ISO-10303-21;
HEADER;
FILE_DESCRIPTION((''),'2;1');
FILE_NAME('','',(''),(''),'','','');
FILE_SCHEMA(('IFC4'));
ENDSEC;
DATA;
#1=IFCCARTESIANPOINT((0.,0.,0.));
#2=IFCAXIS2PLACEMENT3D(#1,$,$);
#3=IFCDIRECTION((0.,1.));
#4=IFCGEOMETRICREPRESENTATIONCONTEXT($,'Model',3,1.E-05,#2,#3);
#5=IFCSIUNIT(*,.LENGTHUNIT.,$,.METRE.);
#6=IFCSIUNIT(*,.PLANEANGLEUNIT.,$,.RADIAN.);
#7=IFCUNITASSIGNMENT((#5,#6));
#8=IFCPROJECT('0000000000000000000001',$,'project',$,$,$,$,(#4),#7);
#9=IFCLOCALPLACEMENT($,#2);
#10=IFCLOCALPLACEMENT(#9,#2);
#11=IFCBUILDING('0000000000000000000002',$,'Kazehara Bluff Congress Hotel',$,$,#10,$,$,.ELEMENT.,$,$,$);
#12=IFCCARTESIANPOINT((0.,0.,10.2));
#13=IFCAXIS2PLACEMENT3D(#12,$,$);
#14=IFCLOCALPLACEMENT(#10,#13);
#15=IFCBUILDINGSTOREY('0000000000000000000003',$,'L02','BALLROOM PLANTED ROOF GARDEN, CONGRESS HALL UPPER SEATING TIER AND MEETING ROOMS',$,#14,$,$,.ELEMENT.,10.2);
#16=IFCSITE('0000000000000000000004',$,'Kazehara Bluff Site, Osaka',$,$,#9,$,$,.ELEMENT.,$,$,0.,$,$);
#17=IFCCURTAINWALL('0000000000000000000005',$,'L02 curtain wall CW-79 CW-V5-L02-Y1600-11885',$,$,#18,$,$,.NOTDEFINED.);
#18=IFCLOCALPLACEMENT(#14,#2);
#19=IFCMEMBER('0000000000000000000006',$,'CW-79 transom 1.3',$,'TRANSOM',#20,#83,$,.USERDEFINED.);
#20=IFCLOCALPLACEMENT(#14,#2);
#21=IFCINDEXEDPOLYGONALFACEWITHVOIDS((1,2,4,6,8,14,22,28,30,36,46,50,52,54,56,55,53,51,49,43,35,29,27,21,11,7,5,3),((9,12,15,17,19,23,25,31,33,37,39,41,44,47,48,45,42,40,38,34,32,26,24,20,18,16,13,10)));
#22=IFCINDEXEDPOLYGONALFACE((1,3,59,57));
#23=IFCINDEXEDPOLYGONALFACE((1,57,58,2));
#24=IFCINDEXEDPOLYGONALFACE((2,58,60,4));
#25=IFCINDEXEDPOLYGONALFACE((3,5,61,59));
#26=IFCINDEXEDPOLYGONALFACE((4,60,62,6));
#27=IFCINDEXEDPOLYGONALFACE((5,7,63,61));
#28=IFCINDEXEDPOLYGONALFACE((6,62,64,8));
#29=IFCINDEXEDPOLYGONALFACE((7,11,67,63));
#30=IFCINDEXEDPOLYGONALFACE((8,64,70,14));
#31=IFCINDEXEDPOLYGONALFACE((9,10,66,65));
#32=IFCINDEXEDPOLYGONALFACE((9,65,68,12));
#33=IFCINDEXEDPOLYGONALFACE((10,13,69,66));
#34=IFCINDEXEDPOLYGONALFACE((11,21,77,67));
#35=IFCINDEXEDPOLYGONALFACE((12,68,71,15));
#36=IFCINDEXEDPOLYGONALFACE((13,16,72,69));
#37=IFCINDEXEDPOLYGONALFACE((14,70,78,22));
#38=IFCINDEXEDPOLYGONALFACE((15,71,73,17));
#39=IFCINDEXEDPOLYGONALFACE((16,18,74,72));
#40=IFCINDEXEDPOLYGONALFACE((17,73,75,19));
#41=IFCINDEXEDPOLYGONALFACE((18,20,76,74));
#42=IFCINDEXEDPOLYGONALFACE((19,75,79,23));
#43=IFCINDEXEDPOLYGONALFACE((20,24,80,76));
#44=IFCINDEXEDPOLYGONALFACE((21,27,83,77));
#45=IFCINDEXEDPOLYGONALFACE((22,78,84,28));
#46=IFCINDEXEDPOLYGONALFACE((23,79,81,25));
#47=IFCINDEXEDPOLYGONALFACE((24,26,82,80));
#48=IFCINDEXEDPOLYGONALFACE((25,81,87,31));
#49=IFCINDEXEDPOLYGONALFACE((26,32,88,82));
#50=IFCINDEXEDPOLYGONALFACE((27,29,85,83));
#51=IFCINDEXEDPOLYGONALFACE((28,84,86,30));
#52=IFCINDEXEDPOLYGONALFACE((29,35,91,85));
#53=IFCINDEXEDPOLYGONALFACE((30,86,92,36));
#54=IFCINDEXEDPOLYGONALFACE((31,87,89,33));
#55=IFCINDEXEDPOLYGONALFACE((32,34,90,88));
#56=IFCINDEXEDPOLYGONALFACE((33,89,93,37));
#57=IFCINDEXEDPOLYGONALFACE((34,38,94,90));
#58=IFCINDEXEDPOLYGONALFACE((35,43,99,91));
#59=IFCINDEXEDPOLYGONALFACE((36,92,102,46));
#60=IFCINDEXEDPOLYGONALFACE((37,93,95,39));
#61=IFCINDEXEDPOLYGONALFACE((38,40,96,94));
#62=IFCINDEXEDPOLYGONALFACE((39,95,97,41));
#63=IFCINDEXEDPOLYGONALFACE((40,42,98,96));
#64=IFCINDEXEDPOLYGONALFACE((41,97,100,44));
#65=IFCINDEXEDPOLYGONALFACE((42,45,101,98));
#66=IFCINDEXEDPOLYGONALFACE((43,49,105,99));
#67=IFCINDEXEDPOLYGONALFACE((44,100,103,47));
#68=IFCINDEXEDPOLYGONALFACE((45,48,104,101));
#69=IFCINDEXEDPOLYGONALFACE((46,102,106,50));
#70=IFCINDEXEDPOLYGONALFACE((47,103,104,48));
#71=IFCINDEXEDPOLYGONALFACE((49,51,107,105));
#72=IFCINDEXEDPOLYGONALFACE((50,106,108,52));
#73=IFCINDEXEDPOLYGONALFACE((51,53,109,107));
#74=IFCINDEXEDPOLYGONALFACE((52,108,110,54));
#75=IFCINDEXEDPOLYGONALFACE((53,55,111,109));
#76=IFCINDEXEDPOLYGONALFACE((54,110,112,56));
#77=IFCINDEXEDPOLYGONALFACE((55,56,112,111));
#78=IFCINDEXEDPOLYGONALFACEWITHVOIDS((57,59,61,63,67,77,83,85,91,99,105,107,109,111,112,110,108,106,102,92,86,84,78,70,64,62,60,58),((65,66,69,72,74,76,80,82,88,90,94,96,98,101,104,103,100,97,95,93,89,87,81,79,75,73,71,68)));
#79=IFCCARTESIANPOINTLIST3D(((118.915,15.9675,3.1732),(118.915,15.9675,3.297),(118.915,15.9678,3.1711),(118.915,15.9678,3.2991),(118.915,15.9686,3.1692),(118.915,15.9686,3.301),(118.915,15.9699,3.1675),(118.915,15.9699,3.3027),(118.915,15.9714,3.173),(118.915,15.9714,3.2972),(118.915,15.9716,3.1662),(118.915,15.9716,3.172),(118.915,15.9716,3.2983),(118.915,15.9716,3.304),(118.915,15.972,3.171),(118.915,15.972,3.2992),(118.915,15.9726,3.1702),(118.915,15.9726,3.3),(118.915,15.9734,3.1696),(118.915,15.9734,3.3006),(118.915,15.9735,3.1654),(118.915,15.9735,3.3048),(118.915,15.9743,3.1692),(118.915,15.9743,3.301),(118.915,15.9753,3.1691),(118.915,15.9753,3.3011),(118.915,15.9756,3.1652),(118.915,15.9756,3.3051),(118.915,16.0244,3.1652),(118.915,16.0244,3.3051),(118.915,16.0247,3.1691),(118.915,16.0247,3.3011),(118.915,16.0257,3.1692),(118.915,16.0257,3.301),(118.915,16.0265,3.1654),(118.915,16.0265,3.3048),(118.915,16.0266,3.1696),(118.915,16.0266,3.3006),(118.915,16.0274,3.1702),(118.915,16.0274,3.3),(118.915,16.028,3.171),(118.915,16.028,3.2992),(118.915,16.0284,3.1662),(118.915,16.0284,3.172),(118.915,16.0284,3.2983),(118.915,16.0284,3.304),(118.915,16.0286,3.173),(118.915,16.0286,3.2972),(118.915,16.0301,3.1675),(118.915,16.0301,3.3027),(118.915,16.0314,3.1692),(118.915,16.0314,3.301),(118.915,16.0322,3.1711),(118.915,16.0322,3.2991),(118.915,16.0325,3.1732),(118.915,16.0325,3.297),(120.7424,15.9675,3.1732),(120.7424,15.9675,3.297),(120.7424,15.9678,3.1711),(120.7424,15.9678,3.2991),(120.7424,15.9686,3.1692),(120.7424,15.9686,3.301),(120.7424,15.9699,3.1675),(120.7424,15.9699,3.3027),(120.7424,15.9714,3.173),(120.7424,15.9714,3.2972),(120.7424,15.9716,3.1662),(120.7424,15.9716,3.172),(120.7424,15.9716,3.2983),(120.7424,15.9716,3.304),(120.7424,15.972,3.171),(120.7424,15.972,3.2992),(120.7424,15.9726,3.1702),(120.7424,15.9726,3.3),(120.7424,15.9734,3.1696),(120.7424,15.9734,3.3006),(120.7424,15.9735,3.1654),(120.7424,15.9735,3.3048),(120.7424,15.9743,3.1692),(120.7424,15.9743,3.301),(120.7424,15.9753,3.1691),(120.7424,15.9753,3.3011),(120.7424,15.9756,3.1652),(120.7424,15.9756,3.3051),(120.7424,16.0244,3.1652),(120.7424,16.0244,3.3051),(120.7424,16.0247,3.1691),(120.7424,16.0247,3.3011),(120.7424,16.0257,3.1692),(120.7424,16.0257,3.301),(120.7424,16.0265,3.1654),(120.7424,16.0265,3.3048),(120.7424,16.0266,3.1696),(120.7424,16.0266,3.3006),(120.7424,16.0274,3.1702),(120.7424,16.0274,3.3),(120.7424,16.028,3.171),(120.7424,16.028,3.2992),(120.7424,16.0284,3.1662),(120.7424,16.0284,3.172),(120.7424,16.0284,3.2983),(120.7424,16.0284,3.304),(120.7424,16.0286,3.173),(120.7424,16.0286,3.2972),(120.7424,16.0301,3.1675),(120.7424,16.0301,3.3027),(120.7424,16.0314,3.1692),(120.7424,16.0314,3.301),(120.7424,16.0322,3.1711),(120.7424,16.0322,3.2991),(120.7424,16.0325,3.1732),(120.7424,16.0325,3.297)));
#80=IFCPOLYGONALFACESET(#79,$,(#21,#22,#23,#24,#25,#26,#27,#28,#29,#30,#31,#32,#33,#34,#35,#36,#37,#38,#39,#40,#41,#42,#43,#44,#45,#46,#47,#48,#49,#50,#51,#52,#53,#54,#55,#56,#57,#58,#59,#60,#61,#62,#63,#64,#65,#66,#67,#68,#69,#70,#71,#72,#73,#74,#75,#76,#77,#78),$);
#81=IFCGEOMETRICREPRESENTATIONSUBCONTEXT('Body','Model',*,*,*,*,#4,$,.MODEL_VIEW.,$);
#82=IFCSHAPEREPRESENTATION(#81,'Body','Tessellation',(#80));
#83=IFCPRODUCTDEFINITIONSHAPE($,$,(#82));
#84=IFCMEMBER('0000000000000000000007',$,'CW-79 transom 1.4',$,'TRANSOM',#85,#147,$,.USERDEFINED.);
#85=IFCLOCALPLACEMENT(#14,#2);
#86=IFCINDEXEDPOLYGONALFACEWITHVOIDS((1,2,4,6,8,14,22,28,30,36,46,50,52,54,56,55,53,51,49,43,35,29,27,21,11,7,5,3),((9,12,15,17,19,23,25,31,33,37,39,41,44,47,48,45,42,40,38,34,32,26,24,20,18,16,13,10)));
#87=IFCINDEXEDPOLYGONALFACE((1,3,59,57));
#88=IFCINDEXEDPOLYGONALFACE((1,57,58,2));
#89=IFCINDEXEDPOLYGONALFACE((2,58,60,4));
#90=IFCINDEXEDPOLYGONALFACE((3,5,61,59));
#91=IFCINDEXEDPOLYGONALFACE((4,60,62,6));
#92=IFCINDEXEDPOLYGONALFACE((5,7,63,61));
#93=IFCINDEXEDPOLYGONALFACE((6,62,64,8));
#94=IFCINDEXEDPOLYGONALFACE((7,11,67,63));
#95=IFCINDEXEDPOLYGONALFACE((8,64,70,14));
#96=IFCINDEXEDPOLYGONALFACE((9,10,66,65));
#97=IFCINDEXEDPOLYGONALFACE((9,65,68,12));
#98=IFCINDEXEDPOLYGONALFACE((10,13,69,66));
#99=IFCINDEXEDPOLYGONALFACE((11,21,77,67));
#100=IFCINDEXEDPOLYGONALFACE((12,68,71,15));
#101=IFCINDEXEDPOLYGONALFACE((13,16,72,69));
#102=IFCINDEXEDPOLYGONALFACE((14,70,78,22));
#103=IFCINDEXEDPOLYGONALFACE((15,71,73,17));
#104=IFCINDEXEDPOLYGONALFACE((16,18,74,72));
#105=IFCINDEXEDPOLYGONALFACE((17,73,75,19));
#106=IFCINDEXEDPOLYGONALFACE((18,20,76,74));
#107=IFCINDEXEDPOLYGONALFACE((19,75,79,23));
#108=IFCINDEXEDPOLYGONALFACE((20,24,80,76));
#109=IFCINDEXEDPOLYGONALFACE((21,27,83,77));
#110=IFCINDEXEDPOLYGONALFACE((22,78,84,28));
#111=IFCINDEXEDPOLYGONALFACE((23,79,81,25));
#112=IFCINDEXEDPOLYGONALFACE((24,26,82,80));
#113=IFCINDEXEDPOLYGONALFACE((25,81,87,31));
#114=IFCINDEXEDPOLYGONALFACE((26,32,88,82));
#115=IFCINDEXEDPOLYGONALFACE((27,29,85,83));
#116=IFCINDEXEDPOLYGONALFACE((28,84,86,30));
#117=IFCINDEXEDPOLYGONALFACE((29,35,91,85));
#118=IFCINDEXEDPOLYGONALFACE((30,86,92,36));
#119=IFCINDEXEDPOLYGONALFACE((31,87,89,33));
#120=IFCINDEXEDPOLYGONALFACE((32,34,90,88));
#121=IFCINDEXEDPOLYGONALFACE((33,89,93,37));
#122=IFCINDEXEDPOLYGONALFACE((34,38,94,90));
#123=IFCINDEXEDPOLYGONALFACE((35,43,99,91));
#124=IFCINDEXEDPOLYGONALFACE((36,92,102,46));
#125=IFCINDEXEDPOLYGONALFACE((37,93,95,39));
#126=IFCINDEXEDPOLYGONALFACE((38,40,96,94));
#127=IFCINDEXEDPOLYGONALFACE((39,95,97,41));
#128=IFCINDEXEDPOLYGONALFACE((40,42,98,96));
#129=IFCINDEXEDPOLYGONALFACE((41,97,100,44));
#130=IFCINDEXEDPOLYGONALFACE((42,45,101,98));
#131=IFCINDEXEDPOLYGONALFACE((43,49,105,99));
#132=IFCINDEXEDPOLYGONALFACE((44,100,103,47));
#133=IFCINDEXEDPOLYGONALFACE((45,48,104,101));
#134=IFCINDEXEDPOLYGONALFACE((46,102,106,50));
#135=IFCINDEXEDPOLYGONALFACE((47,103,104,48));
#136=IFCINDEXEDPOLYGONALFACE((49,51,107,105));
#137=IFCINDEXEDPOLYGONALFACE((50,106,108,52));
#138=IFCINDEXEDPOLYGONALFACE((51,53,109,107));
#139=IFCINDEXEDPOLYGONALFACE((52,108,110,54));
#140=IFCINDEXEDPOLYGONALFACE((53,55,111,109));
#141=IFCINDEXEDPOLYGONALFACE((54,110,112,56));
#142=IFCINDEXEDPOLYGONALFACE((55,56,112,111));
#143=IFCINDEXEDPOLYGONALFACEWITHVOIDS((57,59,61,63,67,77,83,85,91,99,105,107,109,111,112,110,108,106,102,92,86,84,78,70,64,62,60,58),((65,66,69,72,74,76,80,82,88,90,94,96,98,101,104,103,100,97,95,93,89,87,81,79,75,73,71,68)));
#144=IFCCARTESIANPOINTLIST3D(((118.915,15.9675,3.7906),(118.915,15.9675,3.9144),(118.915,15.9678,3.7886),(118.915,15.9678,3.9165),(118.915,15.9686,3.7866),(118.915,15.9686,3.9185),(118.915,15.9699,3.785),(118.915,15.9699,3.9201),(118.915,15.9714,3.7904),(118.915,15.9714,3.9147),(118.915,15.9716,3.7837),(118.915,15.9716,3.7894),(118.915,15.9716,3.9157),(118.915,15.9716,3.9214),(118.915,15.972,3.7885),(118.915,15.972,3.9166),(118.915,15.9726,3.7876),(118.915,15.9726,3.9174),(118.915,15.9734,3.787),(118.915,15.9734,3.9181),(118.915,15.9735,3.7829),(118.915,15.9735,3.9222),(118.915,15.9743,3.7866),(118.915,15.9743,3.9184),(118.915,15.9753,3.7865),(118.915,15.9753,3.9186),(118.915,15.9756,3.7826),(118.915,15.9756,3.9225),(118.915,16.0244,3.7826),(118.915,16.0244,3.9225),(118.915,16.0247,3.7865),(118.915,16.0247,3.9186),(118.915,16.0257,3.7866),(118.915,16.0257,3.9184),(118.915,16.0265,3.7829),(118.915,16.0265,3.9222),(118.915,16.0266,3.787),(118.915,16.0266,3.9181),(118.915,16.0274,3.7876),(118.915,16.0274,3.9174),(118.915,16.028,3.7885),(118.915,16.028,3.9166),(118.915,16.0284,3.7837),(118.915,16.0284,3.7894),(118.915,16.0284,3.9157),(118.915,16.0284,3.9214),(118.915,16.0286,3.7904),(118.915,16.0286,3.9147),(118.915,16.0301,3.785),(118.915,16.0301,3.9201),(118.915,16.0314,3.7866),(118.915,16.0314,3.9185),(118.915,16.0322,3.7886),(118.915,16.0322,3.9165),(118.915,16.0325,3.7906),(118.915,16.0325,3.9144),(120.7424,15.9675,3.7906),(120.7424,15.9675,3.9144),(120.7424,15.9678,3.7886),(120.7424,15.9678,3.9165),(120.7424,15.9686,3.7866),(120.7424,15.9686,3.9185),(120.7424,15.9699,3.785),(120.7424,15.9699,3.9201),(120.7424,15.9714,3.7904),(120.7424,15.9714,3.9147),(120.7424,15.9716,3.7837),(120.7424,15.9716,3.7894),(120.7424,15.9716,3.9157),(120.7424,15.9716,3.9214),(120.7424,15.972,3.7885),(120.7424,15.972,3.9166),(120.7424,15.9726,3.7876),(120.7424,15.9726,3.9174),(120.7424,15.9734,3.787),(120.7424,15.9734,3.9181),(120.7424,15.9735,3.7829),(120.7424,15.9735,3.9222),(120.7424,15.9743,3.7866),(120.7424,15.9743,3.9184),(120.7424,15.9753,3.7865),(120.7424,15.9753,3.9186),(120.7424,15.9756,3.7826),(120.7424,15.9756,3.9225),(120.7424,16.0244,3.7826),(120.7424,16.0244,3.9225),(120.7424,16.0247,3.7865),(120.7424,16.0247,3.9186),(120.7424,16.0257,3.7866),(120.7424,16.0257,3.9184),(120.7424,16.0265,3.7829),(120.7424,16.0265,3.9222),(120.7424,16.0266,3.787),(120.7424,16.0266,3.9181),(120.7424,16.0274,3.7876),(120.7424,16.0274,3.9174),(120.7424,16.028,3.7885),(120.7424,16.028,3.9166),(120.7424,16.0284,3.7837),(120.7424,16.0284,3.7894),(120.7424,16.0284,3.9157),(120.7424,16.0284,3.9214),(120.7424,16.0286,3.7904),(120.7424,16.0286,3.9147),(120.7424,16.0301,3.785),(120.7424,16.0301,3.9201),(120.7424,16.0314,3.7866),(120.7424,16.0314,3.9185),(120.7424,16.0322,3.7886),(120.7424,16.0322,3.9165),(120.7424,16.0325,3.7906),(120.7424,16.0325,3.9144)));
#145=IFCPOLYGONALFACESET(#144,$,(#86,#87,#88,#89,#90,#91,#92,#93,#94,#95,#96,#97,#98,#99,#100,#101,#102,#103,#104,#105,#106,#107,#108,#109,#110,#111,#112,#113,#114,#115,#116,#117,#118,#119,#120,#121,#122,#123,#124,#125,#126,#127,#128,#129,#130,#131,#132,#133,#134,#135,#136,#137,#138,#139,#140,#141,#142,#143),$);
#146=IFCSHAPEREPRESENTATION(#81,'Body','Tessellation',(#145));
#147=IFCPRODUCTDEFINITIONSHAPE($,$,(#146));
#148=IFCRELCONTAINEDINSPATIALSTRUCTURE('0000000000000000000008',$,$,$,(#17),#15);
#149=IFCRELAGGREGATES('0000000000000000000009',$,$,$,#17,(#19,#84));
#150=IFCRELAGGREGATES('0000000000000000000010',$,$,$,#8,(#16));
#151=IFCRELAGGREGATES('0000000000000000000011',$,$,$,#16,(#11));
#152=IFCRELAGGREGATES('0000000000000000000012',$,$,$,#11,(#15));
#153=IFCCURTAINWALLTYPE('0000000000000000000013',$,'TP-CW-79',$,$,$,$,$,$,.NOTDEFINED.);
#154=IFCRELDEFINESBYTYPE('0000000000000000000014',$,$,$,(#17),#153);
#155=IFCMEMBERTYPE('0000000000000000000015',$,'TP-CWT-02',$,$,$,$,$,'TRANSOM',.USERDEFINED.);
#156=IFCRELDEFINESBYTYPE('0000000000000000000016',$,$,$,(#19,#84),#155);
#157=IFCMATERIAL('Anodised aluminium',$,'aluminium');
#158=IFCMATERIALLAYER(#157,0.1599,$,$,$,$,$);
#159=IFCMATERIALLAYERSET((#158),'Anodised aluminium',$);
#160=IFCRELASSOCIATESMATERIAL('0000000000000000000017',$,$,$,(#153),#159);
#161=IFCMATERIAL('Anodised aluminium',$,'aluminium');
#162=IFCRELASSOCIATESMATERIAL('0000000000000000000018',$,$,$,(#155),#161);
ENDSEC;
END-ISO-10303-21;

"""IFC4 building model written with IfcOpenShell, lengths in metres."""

from ifc_helpers import new_model, si_unit, direction, frame, origin, origin_2d, place, context, subcontext, project, spatial, hollow_rectangle, extrude, material, layer, layer_set, material_profile, profile_set, type_object, element, aggregate, save


model = new_model("IFC4")

# Units and contexts
model_context = context("Model", 3, precision=1e-05, world=origin(), true_north=direction((0.0, 1.0)))
body_context = subcontext(model_context, "Body", "Model", "MODEL_VIEW")
ifc_project = project(units=[si_unit("LENGTHUNIT", "METRE"), si_unit("PLANEANGLEUNIT", "RADIAN")], contexts=[model_context])

# Site, building, storey
site_placement = place(None, origin())
site = spatial("IfcSite", under=ifc_project, at=site_placement, Name="Kazehara Bluff Site, Osaka", CompositionType="ELEMENT", RefElevation=0.0)
building_placement = place(site_placement, origin())
building = spatial("IfcBuilding", under=site, at=building_placement, Name="Kazehara Bluff Congress Hotel", CompositionType="ELEMENT")
storey_placement = place(building_placement, frame((0.0, 0.0, 10.2)))
storey = spatial("IfcBuildingStorey", under=building, at=storey_placement, Name="L02", Description="BALLROOM PLANTED ROOF GARDEN, CONGRESS HALL UPPER SEATING TIER AND MEETING ROOMS", CompositionType="ELEMENT", Elevation=10.2)

# Curtain wall
ifc_material_1 = material(Name="Anodised aluminium", Category="aluminium")
ifc_layer_1 = layer(ifc_material_1, 0.1599)
ifc_layer_set_1 = layer_set([ifc_layer_1], Name="Anodised aluminium")
curtain_wall_type_1 = type_object("IfcCurtainWallType", Name="TP-CW-79", PredefinedType="NOTDEFINED", material=ifc_layer_set_1)
curtain_wall_1_placement = place(storey_placement, origin())
curtain_wall_1 = element("IfcCurtainWall", 1, at=curtain_wall_1_placement, inside=storey, type_object=curtain_wall_type_1, Name="L02 curtain wall CW-79 CW-V5-L02-Y1600-11885", PredefinedType="NOTDEFINED")

# Members
ifc_material_2 = material(Name="Anodised aluminium", Category="aluminium")
ifc_material_profile_1 = material_profile(ifc_material_2, hollow_rectangle(XDim=0.0649, YDim=0.1399, WallThickness=0.0039, InnerFilletRadius=0.0039, OuterFilletRadius=0.0081, at=origin_2d()))
ifc_profile_set_1 = profile_set([ifc_material_profile_1], Name="Anodised aluminium")
member_type_1 = type_object("IfcMemberType", Name="TP-CWT-02", ElementType="TRANSOM", PredefinedType="USERDEFINED", material=ifc_profile_set_1)
member_1_placement = place(storey_placement, frame((118.915, 16.0, 3.2351), z_axis=(1.0, 0.0, 0.0), x_axis=(0.0, 1.0, 0.0)))
member_1 = element("IfcMember", 2, at=member_1_placement, type_object=member_type_1, Name="CW-79 transom 1.3", ObjectType="TRANSOM", PredefinedType="USERDEFINED", context=body_context, shape_type="SweptSolid", body=[
    extrude(hollow_rectangle(XDim=0.0649, YDim=0.1399, WallThickness=0.0039, InnerFilletRadius=0.0039, OuterFilletRadius=0.0081, at=origin_2d()), origin(), (0.0, 0.0, 1.0), 1.8274),
])
member_2_placement = place(storey_placement, frame((118.915, 16.0, 3.8525), z_axis=(1.0, 0.0, 0.0), x_axis=(0.0, 1.0, 0.0)))
member_2 = element("IfcMember", 3, at=member_2_placement, type_object=member_type_1, Name="CW-79 transom 1.4", ObjectType="TRANSOM", PredefinedType="USERDEFINED", context=body_context, shape_type="SweptSolid", body=[
    extrude(hollow_rectangle(XDim=0.0649, YDim=0.1399, WallThickness=0.0039, InnerFilletRadius=0.0039, OuterFilletRadius=0.0081, at=origin_2d()), origin(), (0.0, 0.0, 1.0), 1.8274),
])

aggregate(curtain_wall_1, [member_1, member_2])

save(model, "model.ifc")
